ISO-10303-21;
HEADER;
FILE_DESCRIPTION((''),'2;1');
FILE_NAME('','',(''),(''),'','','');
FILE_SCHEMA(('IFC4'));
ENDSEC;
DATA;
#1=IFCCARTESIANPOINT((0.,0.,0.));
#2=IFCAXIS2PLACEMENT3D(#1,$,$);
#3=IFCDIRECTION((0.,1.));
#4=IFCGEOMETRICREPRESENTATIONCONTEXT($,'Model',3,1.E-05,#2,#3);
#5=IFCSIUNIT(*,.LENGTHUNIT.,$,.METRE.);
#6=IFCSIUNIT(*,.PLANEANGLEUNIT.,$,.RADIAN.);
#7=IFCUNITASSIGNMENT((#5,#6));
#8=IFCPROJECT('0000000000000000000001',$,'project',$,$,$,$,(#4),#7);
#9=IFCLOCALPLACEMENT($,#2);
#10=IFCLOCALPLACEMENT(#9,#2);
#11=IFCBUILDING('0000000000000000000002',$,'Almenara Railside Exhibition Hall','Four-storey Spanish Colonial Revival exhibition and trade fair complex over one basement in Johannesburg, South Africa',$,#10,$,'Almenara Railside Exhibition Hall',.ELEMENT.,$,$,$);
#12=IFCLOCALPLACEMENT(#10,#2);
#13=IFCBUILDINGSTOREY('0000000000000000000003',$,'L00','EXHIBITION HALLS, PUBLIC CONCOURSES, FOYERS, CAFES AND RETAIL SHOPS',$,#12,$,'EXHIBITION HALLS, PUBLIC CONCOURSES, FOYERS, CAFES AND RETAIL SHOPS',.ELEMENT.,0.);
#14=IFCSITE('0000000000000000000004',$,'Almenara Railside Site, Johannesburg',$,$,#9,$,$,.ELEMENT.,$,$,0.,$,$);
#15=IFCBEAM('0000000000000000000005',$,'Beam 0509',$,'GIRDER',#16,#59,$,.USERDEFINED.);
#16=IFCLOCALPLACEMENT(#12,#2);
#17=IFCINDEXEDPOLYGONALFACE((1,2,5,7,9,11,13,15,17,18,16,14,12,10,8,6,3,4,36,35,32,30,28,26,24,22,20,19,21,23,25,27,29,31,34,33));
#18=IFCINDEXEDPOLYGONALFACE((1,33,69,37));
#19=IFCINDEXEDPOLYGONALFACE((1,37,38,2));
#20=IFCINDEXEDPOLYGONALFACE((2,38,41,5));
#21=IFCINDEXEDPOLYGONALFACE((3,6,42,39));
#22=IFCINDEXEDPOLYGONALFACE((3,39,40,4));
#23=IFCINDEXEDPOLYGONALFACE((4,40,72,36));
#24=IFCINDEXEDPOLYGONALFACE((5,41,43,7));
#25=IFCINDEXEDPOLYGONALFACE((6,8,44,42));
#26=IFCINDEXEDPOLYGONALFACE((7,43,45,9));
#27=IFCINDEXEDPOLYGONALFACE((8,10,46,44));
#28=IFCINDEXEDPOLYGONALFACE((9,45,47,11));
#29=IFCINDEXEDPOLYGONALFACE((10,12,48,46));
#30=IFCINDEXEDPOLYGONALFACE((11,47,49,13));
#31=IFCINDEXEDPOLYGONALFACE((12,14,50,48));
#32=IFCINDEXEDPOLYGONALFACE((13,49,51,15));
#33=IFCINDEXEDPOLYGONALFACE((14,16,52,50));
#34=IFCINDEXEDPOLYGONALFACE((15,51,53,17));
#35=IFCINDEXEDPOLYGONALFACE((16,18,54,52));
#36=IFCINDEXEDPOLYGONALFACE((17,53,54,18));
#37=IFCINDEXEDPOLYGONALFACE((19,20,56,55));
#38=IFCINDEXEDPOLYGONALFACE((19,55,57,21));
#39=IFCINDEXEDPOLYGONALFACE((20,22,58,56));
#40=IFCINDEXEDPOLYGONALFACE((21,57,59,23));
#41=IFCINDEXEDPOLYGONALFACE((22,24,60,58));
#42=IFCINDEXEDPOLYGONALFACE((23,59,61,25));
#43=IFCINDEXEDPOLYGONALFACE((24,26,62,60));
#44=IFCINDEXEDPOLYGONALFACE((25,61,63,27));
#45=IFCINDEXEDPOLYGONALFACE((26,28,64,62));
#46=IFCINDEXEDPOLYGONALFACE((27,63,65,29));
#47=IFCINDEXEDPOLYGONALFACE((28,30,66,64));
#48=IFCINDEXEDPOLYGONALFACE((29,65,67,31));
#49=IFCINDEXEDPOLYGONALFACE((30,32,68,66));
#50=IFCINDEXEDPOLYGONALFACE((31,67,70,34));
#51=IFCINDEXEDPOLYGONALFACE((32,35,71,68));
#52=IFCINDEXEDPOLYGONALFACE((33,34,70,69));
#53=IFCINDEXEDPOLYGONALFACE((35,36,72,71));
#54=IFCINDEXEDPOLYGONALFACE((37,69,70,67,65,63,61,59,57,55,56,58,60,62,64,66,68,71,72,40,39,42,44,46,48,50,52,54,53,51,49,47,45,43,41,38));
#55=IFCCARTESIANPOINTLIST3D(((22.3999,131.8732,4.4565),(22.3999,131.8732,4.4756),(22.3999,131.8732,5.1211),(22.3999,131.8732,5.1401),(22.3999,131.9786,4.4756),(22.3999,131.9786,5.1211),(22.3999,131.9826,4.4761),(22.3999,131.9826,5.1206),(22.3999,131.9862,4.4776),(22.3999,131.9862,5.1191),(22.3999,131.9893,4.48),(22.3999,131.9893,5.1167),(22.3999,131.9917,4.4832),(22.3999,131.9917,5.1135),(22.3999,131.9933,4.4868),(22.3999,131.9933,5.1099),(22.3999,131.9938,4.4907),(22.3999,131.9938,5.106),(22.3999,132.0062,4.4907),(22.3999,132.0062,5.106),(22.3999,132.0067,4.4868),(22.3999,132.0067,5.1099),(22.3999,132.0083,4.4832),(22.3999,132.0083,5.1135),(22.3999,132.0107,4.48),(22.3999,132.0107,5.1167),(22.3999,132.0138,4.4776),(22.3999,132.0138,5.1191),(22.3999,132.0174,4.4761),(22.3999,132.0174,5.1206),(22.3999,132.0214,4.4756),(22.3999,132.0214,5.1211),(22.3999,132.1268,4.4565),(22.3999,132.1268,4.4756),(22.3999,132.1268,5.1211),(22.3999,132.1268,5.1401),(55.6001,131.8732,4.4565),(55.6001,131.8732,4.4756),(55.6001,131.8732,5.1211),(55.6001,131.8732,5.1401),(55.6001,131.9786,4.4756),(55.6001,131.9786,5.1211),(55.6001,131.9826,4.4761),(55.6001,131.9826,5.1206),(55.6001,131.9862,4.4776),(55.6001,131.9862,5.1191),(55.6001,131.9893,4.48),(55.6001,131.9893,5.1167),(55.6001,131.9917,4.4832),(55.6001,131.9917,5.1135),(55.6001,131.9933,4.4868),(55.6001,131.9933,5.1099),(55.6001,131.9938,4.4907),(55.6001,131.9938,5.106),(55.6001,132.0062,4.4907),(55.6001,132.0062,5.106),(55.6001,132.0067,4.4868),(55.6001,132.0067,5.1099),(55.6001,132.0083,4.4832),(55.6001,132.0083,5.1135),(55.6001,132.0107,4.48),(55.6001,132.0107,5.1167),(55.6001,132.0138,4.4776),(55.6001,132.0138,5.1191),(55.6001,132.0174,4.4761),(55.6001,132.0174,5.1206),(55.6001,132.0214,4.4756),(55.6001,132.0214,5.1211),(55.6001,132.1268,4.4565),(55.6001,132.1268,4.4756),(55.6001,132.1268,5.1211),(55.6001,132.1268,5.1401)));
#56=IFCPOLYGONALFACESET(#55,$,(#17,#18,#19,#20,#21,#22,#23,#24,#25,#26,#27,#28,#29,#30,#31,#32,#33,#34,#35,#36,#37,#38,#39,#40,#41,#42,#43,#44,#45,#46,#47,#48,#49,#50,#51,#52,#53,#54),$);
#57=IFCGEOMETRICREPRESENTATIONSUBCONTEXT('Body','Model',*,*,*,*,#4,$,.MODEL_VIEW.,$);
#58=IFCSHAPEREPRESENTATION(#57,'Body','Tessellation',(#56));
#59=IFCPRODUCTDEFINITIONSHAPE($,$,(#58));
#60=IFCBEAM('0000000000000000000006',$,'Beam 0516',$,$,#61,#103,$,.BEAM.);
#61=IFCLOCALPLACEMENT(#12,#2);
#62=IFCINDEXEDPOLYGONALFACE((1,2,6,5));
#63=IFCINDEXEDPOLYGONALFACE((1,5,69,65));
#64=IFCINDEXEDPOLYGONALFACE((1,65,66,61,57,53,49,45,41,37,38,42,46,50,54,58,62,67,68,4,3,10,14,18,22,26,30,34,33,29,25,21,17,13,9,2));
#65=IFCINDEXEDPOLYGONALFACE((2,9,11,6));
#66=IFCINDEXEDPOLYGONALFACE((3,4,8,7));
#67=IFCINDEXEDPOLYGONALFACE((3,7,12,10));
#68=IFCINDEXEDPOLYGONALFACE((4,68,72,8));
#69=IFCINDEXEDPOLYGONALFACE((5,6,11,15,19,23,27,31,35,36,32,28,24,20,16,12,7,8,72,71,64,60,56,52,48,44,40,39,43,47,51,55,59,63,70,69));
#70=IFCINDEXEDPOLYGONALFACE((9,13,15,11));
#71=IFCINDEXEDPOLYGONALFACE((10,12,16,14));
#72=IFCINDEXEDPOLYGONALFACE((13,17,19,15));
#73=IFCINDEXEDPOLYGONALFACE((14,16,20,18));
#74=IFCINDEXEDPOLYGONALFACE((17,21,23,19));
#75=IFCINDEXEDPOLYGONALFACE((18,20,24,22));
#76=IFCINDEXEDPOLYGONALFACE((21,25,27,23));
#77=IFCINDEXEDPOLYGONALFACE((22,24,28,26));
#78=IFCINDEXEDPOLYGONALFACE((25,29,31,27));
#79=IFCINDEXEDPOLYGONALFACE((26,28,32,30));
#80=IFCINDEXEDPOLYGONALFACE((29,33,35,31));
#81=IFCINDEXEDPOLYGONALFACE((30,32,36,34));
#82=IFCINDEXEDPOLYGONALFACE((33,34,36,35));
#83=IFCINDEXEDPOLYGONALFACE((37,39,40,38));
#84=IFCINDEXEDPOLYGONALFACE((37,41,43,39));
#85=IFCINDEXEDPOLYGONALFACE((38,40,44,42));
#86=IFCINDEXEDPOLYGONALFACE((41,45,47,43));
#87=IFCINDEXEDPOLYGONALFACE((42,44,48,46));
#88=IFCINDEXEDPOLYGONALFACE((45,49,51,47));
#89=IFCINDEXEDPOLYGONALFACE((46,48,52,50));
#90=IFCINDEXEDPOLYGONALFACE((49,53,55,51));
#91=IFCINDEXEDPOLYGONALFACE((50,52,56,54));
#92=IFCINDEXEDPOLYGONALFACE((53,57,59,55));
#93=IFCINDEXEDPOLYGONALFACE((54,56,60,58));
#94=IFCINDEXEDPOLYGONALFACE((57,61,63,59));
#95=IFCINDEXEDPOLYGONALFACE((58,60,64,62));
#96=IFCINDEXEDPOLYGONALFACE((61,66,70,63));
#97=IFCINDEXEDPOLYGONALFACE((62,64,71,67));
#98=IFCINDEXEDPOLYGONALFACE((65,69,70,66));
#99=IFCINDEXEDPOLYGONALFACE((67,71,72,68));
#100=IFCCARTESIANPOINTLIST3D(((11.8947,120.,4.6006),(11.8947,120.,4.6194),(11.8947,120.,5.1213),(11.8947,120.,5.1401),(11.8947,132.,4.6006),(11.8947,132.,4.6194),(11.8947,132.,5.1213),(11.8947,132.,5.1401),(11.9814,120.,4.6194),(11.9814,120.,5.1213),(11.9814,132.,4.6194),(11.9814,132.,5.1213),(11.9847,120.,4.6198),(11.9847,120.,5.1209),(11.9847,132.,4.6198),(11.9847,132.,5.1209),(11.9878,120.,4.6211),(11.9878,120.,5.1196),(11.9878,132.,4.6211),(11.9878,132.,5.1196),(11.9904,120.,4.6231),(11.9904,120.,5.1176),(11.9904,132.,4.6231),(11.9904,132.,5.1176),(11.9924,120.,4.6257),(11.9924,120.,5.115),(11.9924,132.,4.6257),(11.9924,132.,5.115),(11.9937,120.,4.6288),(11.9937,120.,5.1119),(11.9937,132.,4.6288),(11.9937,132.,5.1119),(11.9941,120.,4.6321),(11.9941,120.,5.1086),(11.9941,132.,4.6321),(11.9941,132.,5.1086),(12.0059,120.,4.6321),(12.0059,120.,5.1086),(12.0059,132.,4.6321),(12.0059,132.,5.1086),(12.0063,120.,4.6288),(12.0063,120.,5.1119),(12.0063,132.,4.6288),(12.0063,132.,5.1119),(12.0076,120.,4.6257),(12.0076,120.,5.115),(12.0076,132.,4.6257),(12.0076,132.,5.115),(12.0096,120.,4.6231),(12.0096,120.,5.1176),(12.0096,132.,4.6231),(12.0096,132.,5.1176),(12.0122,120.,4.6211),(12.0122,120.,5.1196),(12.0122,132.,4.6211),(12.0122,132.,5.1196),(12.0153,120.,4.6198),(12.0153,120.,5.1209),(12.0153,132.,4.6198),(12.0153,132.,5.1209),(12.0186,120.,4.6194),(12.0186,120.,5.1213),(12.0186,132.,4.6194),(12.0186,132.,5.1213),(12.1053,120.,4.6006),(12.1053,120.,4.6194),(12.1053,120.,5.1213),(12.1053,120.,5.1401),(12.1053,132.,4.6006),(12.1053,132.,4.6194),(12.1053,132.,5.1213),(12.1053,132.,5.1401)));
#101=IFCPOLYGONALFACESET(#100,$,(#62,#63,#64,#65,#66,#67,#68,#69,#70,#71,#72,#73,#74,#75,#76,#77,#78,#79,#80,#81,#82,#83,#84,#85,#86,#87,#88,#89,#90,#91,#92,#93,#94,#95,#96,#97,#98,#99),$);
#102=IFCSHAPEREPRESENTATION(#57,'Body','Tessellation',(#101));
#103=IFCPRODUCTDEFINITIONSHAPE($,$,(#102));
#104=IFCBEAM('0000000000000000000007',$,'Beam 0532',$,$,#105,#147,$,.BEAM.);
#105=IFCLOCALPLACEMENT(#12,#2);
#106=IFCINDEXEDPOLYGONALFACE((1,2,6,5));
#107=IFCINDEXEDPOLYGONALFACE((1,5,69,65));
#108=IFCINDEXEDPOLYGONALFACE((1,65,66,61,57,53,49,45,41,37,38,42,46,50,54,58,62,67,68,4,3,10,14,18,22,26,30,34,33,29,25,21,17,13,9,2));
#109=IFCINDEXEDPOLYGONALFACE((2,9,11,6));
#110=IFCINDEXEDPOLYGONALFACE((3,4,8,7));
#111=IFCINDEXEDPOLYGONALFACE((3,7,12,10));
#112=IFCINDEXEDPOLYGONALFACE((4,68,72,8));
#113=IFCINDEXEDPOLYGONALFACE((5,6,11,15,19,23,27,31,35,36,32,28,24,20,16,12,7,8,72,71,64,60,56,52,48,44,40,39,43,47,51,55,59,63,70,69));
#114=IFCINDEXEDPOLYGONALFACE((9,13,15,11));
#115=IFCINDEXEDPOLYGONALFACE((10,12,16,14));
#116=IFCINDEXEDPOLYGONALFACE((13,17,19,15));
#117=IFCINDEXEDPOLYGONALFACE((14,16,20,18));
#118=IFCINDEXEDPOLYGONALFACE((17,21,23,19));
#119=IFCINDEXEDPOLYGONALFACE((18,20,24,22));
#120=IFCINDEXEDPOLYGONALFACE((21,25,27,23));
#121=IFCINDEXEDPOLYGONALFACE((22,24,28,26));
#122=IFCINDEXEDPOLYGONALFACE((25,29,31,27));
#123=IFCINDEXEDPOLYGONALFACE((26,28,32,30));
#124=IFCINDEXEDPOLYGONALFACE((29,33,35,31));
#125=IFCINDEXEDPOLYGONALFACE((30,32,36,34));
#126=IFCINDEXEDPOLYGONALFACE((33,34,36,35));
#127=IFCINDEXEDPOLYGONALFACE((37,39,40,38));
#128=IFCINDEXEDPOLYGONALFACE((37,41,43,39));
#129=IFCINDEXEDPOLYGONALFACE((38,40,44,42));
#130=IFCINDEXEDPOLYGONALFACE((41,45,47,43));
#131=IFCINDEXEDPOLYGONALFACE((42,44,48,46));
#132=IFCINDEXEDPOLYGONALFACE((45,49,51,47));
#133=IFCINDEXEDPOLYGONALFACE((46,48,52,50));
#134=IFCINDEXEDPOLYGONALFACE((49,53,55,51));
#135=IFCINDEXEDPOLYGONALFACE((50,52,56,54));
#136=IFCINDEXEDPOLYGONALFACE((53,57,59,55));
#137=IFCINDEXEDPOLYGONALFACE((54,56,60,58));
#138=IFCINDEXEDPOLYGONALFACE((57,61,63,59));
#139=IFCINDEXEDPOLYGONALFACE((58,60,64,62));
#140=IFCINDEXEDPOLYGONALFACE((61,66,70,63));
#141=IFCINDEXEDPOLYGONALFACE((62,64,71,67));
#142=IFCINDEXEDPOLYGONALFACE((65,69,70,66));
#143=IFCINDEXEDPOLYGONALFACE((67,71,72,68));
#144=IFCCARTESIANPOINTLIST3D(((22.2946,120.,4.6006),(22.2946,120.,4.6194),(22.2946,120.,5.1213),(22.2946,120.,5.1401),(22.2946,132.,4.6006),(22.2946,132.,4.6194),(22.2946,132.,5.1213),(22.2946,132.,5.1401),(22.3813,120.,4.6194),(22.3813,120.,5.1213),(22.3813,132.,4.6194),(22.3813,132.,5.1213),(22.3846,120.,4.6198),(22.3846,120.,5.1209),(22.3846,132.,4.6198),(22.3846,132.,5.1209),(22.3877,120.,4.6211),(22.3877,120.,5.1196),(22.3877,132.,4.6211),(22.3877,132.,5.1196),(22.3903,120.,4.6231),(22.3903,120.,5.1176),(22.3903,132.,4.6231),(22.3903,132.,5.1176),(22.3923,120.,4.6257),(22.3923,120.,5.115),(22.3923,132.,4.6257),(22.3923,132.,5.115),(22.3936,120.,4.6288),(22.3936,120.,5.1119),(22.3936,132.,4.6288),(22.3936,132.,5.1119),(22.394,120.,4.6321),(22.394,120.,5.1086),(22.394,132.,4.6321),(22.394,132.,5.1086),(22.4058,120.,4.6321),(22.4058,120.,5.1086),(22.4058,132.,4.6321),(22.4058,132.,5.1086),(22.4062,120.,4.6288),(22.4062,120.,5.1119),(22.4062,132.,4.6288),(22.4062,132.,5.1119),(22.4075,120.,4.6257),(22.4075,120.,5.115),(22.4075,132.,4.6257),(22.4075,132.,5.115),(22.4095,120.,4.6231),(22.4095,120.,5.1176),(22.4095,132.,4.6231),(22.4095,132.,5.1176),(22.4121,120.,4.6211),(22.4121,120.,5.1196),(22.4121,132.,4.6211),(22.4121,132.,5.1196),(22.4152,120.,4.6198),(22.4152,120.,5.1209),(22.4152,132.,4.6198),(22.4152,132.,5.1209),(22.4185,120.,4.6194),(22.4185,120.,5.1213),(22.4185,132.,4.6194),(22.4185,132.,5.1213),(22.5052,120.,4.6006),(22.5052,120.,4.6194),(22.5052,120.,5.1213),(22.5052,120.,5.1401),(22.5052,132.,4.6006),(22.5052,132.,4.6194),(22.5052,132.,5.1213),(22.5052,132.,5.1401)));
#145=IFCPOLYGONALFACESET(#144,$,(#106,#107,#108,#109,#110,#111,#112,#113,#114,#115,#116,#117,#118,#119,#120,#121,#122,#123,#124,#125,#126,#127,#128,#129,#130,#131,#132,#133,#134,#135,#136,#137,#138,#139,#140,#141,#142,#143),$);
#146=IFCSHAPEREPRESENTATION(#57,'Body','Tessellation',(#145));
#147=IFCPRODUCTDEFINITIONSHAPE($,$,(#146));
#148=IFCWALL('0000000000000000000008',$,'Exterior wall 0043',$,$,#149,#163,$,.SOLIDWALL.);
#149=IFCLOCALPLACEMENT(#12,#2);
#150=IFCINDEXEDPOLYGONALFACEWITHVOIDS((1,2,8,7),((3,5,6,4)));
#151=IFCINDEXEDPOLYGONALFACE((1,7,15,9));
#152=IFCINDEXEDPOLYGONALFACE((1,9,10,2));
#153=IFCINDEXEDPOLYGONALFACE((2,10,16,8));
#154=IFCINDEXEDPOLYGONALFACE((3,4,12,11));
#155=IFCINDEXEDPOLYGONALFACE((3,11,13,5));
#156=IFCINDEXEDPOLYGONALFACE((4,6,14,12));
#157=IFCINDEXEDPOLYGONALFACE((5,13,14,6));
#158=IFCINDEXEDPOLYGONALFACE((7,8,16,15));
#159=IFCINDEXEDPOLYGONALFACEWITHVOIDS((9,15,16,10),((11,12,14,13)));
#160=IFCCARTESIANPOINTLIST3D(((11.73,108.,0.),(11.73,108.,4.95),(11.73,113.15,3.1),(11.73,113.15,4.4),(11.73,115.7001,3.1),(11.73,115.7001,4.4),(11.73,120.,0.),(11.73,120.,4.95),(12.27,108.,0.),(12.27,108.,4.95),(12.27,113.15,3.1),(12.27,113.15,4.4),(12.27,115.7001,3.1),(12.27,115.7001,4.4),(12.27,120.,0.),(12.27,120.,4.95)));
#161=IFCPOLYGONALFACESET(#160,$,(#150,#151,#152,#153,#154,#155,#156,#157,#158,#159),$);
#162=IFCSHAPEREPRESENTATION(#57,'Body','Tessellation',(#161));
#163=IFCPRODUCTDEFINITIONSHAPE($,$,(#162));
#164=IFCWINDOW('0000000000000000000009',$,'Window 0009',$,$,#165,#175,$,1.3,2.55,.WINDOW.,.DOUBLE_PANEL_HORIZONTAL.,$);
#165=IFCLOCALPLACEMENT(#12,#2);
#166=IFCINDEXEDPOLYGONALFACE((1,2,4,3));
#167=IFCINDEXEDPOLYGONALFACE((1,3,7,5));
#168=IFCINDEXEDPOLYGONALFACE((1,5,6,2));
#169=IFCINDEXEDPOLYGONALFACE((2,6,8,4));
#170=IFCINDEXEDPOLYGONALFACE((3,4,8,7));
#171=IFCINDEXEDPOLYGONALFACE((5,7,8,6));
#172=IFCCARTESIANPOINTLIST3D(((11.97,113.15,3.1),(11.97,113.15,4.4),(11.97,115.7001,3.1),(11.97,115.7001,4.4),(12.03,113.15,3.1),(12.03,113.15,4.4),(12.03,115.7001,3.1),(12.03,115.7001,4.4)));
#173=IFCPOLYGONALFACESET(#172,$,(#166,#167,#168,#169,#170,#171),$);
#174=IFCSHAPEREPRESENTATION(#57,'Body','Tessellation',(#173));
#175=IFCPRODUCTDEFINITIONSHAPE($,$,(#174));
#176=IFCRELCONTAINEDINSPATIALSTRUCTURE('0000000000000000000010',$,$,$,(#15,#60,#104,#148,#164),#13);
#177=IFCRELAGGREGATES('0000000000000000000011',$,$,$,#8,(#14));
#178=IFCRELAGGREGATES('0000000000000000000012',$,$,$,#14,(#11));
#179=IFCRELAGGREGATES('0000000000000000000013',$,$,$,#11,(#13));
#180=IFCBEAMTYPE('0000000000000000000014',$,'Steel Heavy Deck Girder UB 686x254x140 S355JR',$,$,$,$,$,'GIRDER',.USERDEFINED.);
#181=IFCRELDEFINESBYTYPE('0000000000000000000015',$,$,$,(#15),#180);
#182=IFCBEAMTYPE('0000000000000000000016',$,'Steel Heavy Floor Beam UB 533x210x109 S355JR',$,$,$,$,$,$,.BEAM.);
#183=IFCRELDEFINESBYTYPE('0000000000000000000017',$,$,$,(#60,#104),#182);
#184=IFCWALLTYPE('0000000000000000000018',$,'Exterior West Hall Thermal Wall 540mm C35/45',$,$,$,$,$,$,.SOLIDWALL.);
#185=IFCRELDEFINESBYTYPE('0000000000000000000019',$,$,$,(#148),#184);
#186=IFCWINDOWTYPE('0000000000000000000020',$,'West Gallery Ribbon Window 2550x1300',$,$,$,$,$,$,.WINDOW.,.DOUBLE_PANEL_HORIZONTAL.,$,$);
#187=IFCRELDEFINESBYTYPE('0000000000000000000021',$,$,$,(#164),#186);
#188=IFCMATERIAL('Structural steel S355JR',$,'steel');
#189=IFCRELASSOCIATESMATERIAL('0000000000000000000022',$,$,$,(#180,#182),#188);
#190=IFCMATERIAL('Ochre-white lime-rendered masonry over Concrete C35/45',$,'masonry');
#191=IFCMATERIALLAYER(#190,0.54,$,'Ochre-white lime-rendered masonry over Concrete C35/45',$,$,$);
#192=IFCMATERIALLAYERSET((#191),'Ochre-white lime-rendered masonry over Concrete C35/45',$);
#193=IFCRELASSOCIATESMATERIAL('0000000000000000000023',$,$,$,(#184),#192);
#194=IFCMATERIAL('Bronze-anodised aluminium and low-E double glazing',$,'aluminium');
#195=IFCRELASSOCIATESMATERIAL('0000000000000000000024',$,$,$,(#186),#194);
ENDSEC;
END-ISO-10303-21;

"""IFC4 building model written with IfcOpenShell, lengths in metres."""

from ifc_helpers import new_model, si_unit, direction, frame, frame_2d, origin, origin_2d, place, context, subcontext, project, spatial, rectangle, i_section, extrude, material, layer, layer_set, material_profile, profile_set, type_object, element, fill, save


model = new_model("IFC4")

# Units and contexts
model_context = context("Model", 3, precision=1e-05, world=origin(), true_north=direction((0.0, 1.0)))
body_context = subcontext(model_context, "Body", "Model", "MODEL_VIEW")
ifc_project = project(units=[si_unit("LENGTHUNIT", "METRE"), si_unit("PLANEANGLEUNIT", "RADIAN")], contexts=[model_context])

# Site, building, storey
site_placement = place(None, origin())
site = spatial("IfcSite", under=ifc_project, at=site_placement, Name="Almenara Railside Site, Johannesburg", CompositionType="ELEMENT", RefElevation=0.0)
building_placement = place(site_placement, origin())
building = spatial("IfcBuilding", under=site, at=building_placement, Name="Almenara Railside Exhibition Hall", Description="Four-storey Spanish Colonial Revival exhibition and trade fair complex over one basement in Johannesburg, South Africa", LongName="Almenara Railside Exhibition Hall", CompositionType="ELEMENT")
storey_placement = place(building_placement, origin())
storey = spatial("IfcBuildingStorey", under=building, at=storey_placement, Name="L00", Description="EXHIBITION HALLS, PUBLIC CONCOURSES, FOYERS, CAFES AND RETAIL SHOPS", LongName="EXHIBITION HALLS, PUBLIC CONCOURSES, FOYERS, CAFES AND RETAIL SHOPS", CompositionType="ELEMENT", Elevation=0.0)

# Beams
ifc_material_1 = material(Name="Structural steel S355JR", Category="steel")
ifc_material_profile_1 = material_profile(ifc_material_1, i_section(OverallWidth=0.2537, OverallDepth=0.6836, WebThickness=0.0125, FlangeThickness=0.019, FilletRadius=0.0151, at=origin_2d()), Name="UB 686x254x140")
ifc_profile_set_1 = profile_set([ifc_material_profile_1], Name="Structural steel S355JR")
beam_type_1 = type_object("IfcBeamType", Name="Steel Heavy Deck Girder UB 686x254x140 S355JR", ElementType="GIRDER", PredefinedType="USERDEFINED", material=ifc_profile_set_1)
beam_1_placement = place(storey_placement, frame((22.3999, 132.0, 4.7983), z_axis=(1.0, 0.0, 0.0), x_axis=(0.0, 1.0, 0.0)))
element("IfcBeam", 1, at=beam_1_placement, inside=storey, type_object=beam_type_1, Name="Beam 0509", ObjectType="GIRDER", PredefinedType="USERDEFINED", context=body_context, shape_type="SweptSolid", body=[
    extrude(i_section(OverallWidth=0.2537, OverallDepth=0.6836, WebThickness=0.0125, FlangeThickness=0.019, FilletRadius=0.0151, at=origin_2d()), origin(), (0.0, 0.0, 1.0), 33.2002),
])
ifc_material_profile_2 = material_profile(ifc_material_1, i_section(OverallWidth=0.2107, OverallDepth=0.5396, WebThickness=0.0117, FlangeThickness=0.0188, FilletRadius=0.0127, at=origin_2d()), Name="UB 533x210x109")
ifc_profile_set_2 = profile_set([ifc_material_profile_2], Name="Structural steel S355JR")
beam_type_2 = type_object("IfcBeamType", Name="Steel Heavy Floor Beam UB 533x210x109 S355JR", PredefinedType="BEAM", material=ifc_profile_set_2)
for number, where, z_axis, x_axis, name in (
    (2, (12.0, 120.0, 4.8704), (0.0, 1.0, 0.0), (-1.0, 0.0, 0.0), "Beam 0516"),
    (3, (22.3999, 120.0, 4.8704), (0.0, 1.0, 0.0), (-1.0, 0.0, 0.0), "Beam 0532"),
):
    element("IfcBeam", number, at=place(storey_placement, frame(where, z_axis=z_axis, x_axis=x_axis)), inside=storey, type_object=beam_type_2, Name=name, PredefinedType="BEAM", context=body_context, shape_type="SweptSolid", body=[
        extrude(i_section(OverallWidth=0.2107, OverallDepth=0.5396, WebThickness=0.0117, FlangeThickness=0.0188, FilletRadius=0.0127, at=origin_2d()), origin(), (0.0, 0.0, 1.0), 12.0),
    ])

# Wall, opening, window
ifc_material_2 = material(Name="Ochre-white lime-rendered masonry over Concrete C35/45", Category="masonry")
ifc_layer_1 = layer(ifc_material_2, 0.54, Name="Ochre-white lime-rendered masonry over Concrete C35/45")
ifc_layer_set_1 = layer_set([ifc_layer_1], Name="Ochre-white lime-rendered masonry over Concrete C35/45")
wall_type = type_object("IfcWallType", Name="Exterior West Hall Thermal Wall 540mm C35/45", PredefinedType="SOLIDWALL", material=ifc_layer_set_1)
wall_1_placement = place(storey_placement, frame((12.0, 120.0, 0.0), z_axis=(0.0, 0.0, 1.0), x_axis=(0.0, -1.0, 0.0)))
wall_1 = element("IfcWall", 4, at=wall_1_placement, inside=storey, type_object=wall_type, Name="Exterior wall 0043", PredefinedType="SOLIDWALL", context=body_context, shape_type="SweptSolid", body=[
    extrude(rectangle(XDim=12.0, YDim=0.54, at=frame_2d((6.0, 0.0))), origin(), (0.0, 0.0, 1.0), 4.95),
])
opening_1_placement = place(wall_1_placement, frame((4.3, 0.0, 3.1001)))
opening_1 = element("IfcOpeningElement", 5, at=opening_1_placement, cuts=wall_1, PredefinedType="OPENING", context=body_context, shape_type="SweptSolid", body=[
    extrude(rectangle(XDim=2.55, YDim=1.3, at=frame_2d((1.2749, 0.6499))), frame((0.0, 0.28, 0.0), z_axis=(0.0, -1.0, 0.0), x_axis=(1.0, 0.0, 0.0)), (0.0, 0.0, 1.0), 0.5601),
])
ifc_material_3 = material(Name="Bronze-anodised aluminium and low-E double glazing", Category="aluminium")
window_type = type_object("IfcWindowType", Name="West Gallery Ribbon Window 2550x1300", PartitioningType="DOUBLE_PANEL_HORIZONTAL", PredefinedType="WINDOW", material=ifc_material_3)
window_placement = place(opening_1_placement, origin())
window = element("IfcWindow", 6, at=window_placement, inside=storey, type_object=window_type, Name="Window 0009", OverallHeight=1.3, OverallWidth=2.55, PartitioningType="DOUBLE_PANEL_HORIZONTAL", PredefinedType="WINDOW", context=body_context, shape_type="SweptSolid", body=[
    extrude(rectangle(XDim=2.55, YDim=1.3, at=frame_2d((1.2749, 0.6499))), frame((0.0, 0.03, 0.0), z_axis=(0.0, -1.0, 0.0), x_axis=(1.0, 0.0, 0.0)), (0.0, 0.0, 1.0), 0.0601),
])
fill(opening_1, window)

save(model, "model.ifc")
